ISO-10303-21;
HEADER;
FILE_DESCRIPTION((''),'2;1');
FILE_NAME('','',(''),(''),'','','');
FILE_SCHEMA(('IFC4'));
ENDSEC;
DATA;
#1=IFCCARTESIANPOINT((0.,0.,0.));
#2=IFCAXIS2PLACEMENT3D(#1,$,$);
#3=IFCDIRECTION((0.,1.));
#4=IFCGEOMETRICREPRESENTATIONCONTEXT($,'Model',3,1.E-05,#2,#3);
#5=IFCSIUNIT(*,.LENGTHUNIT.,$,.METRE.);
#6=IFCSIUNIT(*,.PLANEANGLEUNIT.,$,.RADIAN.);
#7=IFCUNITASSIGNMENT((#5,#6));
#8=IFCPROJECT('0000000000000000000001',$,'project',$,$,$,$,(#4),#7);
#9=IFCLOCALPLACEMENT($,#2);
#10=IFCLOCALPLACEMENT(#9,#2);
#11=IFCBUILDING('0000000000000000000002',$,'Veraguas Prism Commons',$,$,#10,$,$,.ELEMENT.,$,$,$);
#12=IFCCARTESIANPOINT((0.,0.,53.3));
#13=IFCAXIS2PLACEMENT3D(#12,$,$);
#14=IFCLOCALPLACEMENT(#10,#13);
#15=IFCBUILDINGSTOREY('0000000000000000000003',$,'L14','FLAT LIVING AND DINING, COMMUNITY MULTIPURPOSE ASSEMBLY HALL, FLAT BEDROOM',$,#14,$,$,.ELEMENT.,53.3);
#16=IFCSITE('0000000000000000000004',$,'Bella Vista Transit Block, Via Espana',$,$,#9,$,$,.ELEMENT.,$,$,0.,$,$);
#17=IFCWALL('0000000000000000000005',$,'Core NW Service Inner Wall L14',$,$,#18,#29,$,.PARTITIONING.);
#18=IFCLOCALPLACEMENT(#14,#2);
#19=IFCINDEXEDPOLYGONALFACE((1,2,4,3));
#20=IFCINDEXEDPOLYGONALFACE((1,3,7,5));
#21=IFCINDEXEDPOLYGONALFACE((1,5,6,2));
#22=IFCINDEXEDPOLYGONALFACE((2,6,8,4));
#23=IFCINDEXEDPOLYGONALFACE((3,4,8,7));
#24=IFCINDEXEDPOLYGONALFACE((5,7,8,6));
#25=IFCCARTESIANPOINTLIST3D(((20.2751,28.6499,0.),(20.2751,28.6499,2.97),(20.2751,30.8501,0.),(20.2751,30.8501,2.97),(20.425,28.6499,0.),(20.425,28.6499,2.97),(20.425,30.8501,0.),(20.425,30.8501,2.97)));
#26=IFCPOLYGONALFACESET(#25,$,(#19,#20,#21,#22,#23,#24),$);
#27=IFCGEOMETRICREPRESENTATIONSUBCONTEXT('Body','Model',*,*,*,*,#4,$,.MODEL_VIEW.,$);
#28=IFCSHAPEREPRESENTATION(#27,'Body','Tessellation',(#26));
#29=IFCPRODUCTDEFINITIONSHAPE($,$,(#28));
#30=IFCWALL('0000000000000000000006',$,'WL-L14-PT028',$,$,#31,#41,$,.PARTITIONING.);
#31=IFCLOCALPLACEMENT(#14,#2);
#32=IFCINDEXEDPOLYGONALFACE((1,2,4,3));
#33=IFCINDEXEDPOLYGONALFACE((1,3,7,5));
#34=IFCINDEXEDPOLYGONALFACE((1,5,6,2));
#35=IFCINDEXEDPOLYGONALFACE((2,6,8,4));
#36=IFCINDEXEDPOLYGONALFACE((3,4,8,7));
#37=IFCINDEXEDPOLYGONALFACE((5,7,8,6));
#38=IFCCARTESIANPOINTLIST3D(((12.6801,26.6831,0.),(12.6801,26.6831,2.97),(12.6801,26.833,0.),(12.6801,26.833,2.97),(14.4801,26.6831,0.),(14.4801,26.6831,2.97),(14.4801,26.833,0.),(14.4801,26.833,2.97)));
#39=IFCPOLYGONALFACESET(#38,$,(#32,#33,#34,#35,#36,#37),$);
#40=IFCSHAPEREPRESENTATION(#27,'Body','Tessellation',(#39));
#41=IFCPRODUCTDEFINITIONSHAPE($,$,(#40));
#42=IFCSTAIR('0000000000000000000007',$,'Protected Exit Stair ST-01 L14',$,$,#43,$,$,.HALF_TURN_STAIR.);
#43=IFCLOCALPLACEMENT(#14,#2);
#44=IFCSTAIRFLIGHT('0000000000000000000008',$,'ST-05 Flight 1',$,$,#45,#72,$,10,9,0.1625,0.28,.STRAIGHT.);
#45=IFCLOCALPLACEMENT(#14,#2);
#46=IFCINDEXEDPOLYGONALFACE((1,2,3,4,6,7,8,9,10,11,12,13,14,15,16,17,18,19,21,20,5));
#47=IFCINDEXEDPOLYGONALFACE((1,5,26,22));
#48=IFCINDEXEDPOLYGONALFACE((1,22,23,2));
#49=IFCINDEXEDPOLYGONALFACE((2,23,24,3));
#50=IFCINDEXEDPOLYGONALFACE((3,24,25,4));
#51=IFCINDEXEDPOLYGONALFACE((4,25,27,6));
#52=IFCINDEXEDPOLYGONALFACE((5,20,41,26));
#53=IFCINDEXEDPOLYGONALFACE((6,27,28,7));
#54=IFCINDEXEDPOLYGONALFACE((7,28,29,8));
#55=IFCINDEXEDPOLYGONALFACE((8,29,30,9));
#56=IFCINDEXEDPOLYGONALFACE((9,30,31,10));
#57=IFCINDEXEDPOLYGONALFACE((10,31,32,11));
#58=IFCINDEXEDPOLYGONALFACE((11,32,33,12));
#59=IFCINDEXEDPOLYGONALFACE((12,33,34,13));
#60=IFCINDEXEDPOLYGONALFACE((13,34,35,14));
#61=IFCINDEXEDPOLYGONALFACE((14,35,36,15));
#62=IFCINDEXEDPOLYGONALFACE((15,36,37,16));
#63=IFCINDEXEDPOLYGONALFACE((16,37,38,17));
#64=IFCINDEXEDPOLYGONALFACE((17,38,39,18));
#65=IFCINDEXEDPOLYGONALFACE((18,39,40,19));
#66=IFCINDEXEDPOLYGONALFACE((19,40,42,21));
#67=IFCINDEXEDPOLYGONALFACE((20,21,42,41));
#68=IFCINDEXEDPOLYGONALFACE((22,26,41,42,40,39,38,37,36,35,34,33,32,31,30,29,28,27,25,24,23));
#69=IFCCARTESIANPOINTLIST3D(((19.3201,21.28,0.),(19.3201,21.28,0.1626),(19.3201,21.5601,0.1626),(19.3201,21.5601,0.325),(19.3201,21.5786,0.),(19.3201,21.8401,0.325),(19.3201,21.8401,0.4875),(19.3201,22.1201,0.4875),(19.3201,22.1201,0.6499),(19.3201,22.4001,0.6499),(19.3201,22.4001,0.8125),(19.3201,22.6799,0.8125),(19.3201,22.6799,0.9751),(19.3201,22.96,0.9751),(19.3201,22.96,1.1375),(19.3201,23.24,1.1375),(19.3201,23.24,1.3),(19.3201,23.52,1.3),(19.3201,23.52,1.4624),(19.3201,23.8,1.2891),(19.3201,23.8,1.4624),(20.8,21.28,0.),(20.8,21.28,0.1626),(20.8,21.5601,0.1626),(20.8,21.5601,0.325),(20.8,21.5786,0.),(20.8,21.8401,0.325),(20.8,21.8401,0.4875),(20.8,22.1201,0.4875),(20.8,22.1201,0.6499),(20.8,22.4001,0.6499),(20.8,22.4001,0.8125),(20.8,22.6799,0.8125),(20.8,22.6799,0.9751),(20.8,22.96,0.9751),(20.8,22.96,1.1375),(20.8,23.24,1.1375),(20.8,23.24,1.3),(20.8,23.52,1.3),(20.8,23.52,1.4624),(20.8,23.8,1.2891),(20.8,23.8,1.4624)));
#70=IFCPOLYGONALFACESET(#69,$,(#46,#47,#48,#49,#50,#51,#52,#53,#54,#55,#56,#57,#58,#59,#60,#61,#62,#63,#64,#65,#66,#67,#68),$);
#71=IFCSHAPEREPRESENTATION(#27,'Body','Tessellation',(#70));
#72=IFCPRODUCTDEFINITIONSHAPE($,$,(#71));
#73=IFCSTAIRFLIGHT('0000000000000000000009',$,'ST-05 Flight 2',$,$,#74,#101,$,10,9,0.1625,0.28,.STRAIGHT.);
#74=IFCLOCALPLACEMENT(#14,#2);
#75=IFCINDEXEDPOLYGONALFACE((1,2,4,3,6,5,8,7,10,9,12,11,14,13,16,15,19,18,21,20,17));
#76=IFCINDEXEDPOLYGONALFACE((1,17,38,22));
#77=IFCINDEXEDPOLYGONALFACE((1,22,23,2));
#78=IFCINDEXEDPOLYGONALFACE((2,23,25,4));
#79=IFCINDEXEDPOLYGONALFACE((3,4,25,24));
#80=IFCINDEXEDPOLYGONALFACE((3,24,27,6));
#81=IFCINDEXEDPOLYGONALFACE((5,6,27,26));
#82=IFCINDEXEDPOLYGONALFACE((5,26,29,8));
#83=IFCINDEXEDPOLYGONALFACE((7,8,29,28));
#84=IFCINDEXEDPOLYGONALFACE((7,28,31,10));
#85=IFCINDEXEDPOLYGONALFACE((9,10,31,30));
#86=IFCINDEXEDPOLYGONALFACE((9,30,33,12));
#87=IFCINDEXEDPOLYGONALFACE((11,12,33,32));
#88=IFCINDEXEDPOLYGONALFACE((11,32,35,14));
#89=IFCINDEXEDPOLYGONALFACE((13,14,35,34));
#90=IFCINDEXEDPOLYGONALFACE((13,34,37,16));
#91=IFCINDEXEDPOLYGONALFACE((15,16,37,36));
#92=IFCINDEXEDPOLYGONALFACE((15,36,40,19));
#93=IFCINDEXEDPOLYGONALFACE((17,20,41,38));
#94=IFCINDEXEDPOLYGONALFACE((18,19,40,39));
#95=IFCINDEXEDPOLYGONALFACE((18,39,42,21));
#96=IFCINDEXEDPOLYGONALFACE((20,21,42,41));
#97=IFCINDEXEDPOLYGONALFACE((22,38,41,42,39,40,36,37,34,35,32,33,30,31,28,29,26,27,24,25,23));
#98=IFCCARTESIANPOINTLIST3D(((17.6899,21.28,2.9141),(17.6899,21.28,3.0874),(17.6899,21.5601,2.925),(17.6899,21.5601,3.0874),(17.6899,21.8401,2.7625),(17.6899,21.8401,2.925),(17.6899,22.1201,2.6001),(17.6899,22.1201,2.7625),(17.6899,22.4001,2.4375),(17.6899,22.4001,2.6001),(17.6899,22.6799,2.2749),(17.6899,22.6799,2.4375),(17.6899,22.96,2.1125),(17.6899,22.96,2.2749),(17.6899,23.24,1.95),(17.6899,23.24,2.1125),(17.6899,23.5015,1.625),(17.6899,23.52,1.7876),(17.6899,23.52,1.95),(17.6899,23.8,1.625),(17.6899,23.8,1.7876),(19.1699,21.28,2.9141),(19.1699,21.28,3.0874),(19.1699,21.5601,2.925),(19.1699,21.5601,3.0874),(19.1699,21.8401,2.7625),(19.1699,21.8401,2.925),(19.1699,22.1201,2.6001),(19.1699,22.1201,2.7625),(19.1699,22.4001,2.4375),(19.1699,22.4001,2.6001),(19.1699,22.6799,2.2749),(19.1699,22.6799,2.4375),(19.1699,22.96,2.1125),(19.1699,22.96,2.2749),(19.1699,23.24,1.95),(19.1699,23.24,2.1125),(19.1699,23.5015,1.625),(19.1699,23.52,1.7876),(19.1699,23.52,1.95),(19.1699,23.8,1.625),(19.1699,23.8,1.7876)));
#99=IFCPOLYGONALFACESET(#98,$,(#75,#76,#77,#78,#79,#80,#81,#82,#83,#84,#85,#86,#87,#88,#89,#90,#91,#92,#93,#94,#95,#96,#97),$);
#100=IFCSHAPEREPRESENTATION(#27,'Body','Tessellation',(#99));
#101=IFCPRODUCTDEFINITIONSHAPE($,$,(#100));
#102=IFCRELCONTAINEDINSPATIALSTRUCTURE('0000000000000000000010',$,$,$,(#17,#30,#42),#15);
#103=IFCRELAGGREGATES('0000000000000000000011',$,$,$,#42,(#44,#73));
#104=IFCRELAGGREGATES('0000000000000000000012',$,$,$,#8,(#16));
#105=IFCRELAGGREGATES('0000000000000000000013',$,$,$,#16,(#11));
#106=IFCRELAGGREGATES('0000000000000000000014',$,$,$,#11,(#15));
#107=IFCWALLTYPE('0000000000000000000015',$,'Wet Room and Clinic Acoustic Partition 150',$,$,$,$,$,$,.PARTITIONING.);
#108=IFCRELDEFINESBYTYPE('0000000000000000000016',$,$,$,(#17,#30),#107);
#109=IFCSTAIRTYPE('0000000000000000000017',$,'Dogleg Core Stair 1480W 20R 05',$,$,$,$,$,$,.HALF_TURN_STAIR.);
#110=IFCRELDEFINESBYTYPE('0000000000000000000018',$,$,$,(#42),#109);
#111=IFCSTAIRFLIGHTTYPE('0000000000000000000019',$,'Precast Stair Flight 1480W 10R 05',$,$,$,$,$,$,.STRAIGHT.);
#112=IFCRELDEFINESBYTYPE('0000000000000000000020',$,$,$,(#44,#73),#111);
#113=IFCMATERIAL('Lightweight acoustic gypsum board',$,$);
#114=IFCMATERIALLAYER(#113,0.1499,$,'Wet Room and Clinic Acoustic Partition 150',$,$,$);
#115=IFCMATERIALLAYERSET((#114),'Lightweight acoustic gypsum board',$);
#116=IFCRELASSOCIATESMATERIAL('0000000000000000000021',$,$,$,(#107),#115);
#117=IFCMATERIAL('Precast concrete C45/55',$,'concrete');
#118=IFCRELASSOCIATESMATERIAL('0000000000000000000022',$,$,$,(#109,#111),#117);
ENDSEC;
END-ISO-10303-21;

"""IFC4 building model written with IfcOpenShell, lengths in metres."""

from ifc_helpers import new_model, si_unit, direction, frame, frame_2d, origin, place, context, subcontext, project, spatial, polyline, rectangle, outline, extrude, material, layer, layer_set, type_object, element, aggregate, save


model = new_model("IFC4")

# Units and contexts
model_context = context("Model", 3, precision=1e-05, world=origin(), true_north=direction((0.0, 1.0)))
body_context = subcontext(model_context, "Body", "Model", "MODEL_VIEW")
ifc_project = project(units=[si_unit("LENGTHUNIT", "METRE"), si_unit("PLANEANGLEUNIT", "RADIAN")], contexts=[model_context])

# Site, building, storey
site_placement = place(None, origin())
site = spatial("IfcSite", under=ifc_project, at=site_placement, Name="Bella Vista Transit Block, Via Espana", CompositionType="ELEMENT", RefElevation=0.0)
building_placement = place(site_placement, origin())
building = spatial("IfcBuilding", under=site, at=building_placement, Name="Veraguas Prism Commons", CompositionType="ELEMENT")
storey_placement = place(building_placement, frame((0.0, 0.0, 53.3)))
storey = spatial("IfcBuildingStorey", under=building, at=storey_placement, Name="L14", Description="FLAT LIVING AND DINING, COMMUNITY MULTIPURPOSE ASSEMBLY HALL, FLAT BEDROOM", CompositionType="ELEMENT", Elevation=53.3)

# Shared definitions
ifc_material_1 = material(Name="Lightweight acoustic gypsum board")

# Walls
ifc_layer_1 = layer(ifc_material_1, 0.1499, Name="Wet Room and Clinic Acoustic Partition 150")
ifc_layer_set_1 = layer_set([ifc_layer_1], Name="Lightweight acoustic gypsum board")
wall_type_1 = type_object("IfcWallType", Name="Wet Room and Clinic Acoustic Partition 150", PredefinedType="PARTITIONING", material=ifc_layer_set_1)
wall_1_placement = place(storey_placement, frame((20.3501, 28.6499, 0.0), z_axis=(0.0, 0.0, 1.0), x_axis=(0.0, 1.0, 0.0)))
element("IfcWall", 1, at=wall_1_placement, inside=storey, type_object=wall_type_1, Name="Core NW Service Inner Wall L14", PredefinedType="PARTITIONING", context=body_context, shape_type="SweptSolid", body=[
    extrude(rectangle(XDim=2.2002, YDim=0.1499, at=frame_2d((1.1001, 0.0))), origin(), (0.0, 0.0, 1.0), 2.97),
])
wall_2_placement = place(storey_placement, frame((14.48, 26.7581, 0.0), z_axis=(0.0, 0.0, 1.0), x_axis=(-1.0, 0.0, 0.0)))
element("IfcWall", 2, at=wall_2_placement, inside=storey, type_object=wall_type_1, Name="WL-L14-PT028", PredefinedType="PARTITIONING", context=body_context, shape_type="SweptSolid", body=[
    extrude(rectangle(XDim=1.8, YDim=0.1499, at=frame_2d((0.8999, 0.0))), origin(), (0.0, 0.0, 1.0), 2.97),
])

# Stair, stair flights
ifc_material_2 = material(Name="Precast concrete C45/55", Category="concrete")
stair_type = type_object("IfcStairType", Name="Dogleg Core Stair 1480W 20R 05", PredefinedType="HALF_TURN_STAIR", material=ifc_material_2)
stair_placement = place(storey_placement, origin())
stair = element("IfcStair", 3, at=stair_placement, inside=storey, type_object=stair_type, Name="Protected Exit Stair ST-01 L14", PredefinedType="HALF_TURN_STAIR")
stair_flight_type = type_object("IfcStairFlightType", Name="Precast Stair Flight 1480W 10R 05", PredefinedType="STRAIGHT", material=ifc_material_2)
stair_flight_1_placement = place(storey_placement, frame((20.0601, 21.28, 0.0), z_axis=(0.0, 0.0, 1.0), x_axis=(0.0, 1.0, 0.0)))
stair_flight_1 = element("IfcStairFlight", 4, at=stair_flight_1_placement, type_object=stair_flight_type, Name="ST-05 Flight 1", NumberOfRisers=10, NumberOfTreads=9, PredefinedType="STRAIGHT", RiserHeight=0.1625, TreadLength=0.28, context=body_context, shape_type="SweptSolid", body=[
    extrude(outline(polyline([(0.0, 0.0), (0.0, 0.1626), (0.28, 0.1626), (0.28, 0.325), (0.5601, 0.325), (0.5601, 0.4875), (0.8401, 0.4875), (0.8401, 0.6499), (1.1201, 0.6499), (1.1201, 0.8125), (1.3999, 0.8125), (1.3999, 0.9751), (1.6799, 0.9751), (1.6799, 1.1375), (1.96, 1.1375), (1.96, 1.3), (2.24, 1.3), (2.24, 1.4624), (2.52, 1.4624), (2.52, 1.625), (2.52, 1.2891), (0.2986, 0.0), (0.0, 0.0)])), frame((0.0, 0.74, 0.0), z_axis=(0.0, -1.0, 0.0), x_axis=(1.0, 0.0, 0.0)), (0.0, 0.0, 1.0), 1.48),
])
stair_flight_2_placement = place(storey_placement, frame((18.4299, 23.8, 1.625), z_axis=(0.0, 0.0, 1.0), x_axis=(0.0, -1.0, 0.0)))
stair_flight_2 = element("IfcStairFlight", 5, at=stair_flight_2_placement, type_object=stair_flight_type, Name="ST-05 Flight 2", NumberOfRisers=10, NumberOfTreads=9, PredefinedType="STRAIGHT", RiserHeight=0.1625, TreadLength=0.28, context=body_context, shape_type="SweptSolid", body=[
    extrude(outline(polyline([(0.0, 0.0), (0.0, 0.1626), (0.28, 0.1626), (0.28, 0.325), (0.5601, 0.325), (0.5601, 0.4875), (0.8401, 0.4875), (0.8401, 0.6499), (1.1201, 0.6499), (1.1201, 0.8125), (1.3999, 0.8125), (1.3999, 0.9751), (1.6799, 0.9751), (1.6799, 1.1375), (1.96, 1.1375), (1.96, 1.3), (2.24, 1.3), (2.24, 1.4624), (2.52, 1.4624), (2.52, 1.625), (2.52, 1.2891), (0.2986, 0.0), (0.0, 0.0)])), frame((0.0, 0.74, 0.0), z_axis=(0.0, -1.0, 0.0), x_axis=(1.0, 0.0, 0.0)), (0.0, 0.0, 1.0), 1.48),
])
aggregate(stair, [stair_flight_1, stair_flight_2])

save(model, "model.ifc")
